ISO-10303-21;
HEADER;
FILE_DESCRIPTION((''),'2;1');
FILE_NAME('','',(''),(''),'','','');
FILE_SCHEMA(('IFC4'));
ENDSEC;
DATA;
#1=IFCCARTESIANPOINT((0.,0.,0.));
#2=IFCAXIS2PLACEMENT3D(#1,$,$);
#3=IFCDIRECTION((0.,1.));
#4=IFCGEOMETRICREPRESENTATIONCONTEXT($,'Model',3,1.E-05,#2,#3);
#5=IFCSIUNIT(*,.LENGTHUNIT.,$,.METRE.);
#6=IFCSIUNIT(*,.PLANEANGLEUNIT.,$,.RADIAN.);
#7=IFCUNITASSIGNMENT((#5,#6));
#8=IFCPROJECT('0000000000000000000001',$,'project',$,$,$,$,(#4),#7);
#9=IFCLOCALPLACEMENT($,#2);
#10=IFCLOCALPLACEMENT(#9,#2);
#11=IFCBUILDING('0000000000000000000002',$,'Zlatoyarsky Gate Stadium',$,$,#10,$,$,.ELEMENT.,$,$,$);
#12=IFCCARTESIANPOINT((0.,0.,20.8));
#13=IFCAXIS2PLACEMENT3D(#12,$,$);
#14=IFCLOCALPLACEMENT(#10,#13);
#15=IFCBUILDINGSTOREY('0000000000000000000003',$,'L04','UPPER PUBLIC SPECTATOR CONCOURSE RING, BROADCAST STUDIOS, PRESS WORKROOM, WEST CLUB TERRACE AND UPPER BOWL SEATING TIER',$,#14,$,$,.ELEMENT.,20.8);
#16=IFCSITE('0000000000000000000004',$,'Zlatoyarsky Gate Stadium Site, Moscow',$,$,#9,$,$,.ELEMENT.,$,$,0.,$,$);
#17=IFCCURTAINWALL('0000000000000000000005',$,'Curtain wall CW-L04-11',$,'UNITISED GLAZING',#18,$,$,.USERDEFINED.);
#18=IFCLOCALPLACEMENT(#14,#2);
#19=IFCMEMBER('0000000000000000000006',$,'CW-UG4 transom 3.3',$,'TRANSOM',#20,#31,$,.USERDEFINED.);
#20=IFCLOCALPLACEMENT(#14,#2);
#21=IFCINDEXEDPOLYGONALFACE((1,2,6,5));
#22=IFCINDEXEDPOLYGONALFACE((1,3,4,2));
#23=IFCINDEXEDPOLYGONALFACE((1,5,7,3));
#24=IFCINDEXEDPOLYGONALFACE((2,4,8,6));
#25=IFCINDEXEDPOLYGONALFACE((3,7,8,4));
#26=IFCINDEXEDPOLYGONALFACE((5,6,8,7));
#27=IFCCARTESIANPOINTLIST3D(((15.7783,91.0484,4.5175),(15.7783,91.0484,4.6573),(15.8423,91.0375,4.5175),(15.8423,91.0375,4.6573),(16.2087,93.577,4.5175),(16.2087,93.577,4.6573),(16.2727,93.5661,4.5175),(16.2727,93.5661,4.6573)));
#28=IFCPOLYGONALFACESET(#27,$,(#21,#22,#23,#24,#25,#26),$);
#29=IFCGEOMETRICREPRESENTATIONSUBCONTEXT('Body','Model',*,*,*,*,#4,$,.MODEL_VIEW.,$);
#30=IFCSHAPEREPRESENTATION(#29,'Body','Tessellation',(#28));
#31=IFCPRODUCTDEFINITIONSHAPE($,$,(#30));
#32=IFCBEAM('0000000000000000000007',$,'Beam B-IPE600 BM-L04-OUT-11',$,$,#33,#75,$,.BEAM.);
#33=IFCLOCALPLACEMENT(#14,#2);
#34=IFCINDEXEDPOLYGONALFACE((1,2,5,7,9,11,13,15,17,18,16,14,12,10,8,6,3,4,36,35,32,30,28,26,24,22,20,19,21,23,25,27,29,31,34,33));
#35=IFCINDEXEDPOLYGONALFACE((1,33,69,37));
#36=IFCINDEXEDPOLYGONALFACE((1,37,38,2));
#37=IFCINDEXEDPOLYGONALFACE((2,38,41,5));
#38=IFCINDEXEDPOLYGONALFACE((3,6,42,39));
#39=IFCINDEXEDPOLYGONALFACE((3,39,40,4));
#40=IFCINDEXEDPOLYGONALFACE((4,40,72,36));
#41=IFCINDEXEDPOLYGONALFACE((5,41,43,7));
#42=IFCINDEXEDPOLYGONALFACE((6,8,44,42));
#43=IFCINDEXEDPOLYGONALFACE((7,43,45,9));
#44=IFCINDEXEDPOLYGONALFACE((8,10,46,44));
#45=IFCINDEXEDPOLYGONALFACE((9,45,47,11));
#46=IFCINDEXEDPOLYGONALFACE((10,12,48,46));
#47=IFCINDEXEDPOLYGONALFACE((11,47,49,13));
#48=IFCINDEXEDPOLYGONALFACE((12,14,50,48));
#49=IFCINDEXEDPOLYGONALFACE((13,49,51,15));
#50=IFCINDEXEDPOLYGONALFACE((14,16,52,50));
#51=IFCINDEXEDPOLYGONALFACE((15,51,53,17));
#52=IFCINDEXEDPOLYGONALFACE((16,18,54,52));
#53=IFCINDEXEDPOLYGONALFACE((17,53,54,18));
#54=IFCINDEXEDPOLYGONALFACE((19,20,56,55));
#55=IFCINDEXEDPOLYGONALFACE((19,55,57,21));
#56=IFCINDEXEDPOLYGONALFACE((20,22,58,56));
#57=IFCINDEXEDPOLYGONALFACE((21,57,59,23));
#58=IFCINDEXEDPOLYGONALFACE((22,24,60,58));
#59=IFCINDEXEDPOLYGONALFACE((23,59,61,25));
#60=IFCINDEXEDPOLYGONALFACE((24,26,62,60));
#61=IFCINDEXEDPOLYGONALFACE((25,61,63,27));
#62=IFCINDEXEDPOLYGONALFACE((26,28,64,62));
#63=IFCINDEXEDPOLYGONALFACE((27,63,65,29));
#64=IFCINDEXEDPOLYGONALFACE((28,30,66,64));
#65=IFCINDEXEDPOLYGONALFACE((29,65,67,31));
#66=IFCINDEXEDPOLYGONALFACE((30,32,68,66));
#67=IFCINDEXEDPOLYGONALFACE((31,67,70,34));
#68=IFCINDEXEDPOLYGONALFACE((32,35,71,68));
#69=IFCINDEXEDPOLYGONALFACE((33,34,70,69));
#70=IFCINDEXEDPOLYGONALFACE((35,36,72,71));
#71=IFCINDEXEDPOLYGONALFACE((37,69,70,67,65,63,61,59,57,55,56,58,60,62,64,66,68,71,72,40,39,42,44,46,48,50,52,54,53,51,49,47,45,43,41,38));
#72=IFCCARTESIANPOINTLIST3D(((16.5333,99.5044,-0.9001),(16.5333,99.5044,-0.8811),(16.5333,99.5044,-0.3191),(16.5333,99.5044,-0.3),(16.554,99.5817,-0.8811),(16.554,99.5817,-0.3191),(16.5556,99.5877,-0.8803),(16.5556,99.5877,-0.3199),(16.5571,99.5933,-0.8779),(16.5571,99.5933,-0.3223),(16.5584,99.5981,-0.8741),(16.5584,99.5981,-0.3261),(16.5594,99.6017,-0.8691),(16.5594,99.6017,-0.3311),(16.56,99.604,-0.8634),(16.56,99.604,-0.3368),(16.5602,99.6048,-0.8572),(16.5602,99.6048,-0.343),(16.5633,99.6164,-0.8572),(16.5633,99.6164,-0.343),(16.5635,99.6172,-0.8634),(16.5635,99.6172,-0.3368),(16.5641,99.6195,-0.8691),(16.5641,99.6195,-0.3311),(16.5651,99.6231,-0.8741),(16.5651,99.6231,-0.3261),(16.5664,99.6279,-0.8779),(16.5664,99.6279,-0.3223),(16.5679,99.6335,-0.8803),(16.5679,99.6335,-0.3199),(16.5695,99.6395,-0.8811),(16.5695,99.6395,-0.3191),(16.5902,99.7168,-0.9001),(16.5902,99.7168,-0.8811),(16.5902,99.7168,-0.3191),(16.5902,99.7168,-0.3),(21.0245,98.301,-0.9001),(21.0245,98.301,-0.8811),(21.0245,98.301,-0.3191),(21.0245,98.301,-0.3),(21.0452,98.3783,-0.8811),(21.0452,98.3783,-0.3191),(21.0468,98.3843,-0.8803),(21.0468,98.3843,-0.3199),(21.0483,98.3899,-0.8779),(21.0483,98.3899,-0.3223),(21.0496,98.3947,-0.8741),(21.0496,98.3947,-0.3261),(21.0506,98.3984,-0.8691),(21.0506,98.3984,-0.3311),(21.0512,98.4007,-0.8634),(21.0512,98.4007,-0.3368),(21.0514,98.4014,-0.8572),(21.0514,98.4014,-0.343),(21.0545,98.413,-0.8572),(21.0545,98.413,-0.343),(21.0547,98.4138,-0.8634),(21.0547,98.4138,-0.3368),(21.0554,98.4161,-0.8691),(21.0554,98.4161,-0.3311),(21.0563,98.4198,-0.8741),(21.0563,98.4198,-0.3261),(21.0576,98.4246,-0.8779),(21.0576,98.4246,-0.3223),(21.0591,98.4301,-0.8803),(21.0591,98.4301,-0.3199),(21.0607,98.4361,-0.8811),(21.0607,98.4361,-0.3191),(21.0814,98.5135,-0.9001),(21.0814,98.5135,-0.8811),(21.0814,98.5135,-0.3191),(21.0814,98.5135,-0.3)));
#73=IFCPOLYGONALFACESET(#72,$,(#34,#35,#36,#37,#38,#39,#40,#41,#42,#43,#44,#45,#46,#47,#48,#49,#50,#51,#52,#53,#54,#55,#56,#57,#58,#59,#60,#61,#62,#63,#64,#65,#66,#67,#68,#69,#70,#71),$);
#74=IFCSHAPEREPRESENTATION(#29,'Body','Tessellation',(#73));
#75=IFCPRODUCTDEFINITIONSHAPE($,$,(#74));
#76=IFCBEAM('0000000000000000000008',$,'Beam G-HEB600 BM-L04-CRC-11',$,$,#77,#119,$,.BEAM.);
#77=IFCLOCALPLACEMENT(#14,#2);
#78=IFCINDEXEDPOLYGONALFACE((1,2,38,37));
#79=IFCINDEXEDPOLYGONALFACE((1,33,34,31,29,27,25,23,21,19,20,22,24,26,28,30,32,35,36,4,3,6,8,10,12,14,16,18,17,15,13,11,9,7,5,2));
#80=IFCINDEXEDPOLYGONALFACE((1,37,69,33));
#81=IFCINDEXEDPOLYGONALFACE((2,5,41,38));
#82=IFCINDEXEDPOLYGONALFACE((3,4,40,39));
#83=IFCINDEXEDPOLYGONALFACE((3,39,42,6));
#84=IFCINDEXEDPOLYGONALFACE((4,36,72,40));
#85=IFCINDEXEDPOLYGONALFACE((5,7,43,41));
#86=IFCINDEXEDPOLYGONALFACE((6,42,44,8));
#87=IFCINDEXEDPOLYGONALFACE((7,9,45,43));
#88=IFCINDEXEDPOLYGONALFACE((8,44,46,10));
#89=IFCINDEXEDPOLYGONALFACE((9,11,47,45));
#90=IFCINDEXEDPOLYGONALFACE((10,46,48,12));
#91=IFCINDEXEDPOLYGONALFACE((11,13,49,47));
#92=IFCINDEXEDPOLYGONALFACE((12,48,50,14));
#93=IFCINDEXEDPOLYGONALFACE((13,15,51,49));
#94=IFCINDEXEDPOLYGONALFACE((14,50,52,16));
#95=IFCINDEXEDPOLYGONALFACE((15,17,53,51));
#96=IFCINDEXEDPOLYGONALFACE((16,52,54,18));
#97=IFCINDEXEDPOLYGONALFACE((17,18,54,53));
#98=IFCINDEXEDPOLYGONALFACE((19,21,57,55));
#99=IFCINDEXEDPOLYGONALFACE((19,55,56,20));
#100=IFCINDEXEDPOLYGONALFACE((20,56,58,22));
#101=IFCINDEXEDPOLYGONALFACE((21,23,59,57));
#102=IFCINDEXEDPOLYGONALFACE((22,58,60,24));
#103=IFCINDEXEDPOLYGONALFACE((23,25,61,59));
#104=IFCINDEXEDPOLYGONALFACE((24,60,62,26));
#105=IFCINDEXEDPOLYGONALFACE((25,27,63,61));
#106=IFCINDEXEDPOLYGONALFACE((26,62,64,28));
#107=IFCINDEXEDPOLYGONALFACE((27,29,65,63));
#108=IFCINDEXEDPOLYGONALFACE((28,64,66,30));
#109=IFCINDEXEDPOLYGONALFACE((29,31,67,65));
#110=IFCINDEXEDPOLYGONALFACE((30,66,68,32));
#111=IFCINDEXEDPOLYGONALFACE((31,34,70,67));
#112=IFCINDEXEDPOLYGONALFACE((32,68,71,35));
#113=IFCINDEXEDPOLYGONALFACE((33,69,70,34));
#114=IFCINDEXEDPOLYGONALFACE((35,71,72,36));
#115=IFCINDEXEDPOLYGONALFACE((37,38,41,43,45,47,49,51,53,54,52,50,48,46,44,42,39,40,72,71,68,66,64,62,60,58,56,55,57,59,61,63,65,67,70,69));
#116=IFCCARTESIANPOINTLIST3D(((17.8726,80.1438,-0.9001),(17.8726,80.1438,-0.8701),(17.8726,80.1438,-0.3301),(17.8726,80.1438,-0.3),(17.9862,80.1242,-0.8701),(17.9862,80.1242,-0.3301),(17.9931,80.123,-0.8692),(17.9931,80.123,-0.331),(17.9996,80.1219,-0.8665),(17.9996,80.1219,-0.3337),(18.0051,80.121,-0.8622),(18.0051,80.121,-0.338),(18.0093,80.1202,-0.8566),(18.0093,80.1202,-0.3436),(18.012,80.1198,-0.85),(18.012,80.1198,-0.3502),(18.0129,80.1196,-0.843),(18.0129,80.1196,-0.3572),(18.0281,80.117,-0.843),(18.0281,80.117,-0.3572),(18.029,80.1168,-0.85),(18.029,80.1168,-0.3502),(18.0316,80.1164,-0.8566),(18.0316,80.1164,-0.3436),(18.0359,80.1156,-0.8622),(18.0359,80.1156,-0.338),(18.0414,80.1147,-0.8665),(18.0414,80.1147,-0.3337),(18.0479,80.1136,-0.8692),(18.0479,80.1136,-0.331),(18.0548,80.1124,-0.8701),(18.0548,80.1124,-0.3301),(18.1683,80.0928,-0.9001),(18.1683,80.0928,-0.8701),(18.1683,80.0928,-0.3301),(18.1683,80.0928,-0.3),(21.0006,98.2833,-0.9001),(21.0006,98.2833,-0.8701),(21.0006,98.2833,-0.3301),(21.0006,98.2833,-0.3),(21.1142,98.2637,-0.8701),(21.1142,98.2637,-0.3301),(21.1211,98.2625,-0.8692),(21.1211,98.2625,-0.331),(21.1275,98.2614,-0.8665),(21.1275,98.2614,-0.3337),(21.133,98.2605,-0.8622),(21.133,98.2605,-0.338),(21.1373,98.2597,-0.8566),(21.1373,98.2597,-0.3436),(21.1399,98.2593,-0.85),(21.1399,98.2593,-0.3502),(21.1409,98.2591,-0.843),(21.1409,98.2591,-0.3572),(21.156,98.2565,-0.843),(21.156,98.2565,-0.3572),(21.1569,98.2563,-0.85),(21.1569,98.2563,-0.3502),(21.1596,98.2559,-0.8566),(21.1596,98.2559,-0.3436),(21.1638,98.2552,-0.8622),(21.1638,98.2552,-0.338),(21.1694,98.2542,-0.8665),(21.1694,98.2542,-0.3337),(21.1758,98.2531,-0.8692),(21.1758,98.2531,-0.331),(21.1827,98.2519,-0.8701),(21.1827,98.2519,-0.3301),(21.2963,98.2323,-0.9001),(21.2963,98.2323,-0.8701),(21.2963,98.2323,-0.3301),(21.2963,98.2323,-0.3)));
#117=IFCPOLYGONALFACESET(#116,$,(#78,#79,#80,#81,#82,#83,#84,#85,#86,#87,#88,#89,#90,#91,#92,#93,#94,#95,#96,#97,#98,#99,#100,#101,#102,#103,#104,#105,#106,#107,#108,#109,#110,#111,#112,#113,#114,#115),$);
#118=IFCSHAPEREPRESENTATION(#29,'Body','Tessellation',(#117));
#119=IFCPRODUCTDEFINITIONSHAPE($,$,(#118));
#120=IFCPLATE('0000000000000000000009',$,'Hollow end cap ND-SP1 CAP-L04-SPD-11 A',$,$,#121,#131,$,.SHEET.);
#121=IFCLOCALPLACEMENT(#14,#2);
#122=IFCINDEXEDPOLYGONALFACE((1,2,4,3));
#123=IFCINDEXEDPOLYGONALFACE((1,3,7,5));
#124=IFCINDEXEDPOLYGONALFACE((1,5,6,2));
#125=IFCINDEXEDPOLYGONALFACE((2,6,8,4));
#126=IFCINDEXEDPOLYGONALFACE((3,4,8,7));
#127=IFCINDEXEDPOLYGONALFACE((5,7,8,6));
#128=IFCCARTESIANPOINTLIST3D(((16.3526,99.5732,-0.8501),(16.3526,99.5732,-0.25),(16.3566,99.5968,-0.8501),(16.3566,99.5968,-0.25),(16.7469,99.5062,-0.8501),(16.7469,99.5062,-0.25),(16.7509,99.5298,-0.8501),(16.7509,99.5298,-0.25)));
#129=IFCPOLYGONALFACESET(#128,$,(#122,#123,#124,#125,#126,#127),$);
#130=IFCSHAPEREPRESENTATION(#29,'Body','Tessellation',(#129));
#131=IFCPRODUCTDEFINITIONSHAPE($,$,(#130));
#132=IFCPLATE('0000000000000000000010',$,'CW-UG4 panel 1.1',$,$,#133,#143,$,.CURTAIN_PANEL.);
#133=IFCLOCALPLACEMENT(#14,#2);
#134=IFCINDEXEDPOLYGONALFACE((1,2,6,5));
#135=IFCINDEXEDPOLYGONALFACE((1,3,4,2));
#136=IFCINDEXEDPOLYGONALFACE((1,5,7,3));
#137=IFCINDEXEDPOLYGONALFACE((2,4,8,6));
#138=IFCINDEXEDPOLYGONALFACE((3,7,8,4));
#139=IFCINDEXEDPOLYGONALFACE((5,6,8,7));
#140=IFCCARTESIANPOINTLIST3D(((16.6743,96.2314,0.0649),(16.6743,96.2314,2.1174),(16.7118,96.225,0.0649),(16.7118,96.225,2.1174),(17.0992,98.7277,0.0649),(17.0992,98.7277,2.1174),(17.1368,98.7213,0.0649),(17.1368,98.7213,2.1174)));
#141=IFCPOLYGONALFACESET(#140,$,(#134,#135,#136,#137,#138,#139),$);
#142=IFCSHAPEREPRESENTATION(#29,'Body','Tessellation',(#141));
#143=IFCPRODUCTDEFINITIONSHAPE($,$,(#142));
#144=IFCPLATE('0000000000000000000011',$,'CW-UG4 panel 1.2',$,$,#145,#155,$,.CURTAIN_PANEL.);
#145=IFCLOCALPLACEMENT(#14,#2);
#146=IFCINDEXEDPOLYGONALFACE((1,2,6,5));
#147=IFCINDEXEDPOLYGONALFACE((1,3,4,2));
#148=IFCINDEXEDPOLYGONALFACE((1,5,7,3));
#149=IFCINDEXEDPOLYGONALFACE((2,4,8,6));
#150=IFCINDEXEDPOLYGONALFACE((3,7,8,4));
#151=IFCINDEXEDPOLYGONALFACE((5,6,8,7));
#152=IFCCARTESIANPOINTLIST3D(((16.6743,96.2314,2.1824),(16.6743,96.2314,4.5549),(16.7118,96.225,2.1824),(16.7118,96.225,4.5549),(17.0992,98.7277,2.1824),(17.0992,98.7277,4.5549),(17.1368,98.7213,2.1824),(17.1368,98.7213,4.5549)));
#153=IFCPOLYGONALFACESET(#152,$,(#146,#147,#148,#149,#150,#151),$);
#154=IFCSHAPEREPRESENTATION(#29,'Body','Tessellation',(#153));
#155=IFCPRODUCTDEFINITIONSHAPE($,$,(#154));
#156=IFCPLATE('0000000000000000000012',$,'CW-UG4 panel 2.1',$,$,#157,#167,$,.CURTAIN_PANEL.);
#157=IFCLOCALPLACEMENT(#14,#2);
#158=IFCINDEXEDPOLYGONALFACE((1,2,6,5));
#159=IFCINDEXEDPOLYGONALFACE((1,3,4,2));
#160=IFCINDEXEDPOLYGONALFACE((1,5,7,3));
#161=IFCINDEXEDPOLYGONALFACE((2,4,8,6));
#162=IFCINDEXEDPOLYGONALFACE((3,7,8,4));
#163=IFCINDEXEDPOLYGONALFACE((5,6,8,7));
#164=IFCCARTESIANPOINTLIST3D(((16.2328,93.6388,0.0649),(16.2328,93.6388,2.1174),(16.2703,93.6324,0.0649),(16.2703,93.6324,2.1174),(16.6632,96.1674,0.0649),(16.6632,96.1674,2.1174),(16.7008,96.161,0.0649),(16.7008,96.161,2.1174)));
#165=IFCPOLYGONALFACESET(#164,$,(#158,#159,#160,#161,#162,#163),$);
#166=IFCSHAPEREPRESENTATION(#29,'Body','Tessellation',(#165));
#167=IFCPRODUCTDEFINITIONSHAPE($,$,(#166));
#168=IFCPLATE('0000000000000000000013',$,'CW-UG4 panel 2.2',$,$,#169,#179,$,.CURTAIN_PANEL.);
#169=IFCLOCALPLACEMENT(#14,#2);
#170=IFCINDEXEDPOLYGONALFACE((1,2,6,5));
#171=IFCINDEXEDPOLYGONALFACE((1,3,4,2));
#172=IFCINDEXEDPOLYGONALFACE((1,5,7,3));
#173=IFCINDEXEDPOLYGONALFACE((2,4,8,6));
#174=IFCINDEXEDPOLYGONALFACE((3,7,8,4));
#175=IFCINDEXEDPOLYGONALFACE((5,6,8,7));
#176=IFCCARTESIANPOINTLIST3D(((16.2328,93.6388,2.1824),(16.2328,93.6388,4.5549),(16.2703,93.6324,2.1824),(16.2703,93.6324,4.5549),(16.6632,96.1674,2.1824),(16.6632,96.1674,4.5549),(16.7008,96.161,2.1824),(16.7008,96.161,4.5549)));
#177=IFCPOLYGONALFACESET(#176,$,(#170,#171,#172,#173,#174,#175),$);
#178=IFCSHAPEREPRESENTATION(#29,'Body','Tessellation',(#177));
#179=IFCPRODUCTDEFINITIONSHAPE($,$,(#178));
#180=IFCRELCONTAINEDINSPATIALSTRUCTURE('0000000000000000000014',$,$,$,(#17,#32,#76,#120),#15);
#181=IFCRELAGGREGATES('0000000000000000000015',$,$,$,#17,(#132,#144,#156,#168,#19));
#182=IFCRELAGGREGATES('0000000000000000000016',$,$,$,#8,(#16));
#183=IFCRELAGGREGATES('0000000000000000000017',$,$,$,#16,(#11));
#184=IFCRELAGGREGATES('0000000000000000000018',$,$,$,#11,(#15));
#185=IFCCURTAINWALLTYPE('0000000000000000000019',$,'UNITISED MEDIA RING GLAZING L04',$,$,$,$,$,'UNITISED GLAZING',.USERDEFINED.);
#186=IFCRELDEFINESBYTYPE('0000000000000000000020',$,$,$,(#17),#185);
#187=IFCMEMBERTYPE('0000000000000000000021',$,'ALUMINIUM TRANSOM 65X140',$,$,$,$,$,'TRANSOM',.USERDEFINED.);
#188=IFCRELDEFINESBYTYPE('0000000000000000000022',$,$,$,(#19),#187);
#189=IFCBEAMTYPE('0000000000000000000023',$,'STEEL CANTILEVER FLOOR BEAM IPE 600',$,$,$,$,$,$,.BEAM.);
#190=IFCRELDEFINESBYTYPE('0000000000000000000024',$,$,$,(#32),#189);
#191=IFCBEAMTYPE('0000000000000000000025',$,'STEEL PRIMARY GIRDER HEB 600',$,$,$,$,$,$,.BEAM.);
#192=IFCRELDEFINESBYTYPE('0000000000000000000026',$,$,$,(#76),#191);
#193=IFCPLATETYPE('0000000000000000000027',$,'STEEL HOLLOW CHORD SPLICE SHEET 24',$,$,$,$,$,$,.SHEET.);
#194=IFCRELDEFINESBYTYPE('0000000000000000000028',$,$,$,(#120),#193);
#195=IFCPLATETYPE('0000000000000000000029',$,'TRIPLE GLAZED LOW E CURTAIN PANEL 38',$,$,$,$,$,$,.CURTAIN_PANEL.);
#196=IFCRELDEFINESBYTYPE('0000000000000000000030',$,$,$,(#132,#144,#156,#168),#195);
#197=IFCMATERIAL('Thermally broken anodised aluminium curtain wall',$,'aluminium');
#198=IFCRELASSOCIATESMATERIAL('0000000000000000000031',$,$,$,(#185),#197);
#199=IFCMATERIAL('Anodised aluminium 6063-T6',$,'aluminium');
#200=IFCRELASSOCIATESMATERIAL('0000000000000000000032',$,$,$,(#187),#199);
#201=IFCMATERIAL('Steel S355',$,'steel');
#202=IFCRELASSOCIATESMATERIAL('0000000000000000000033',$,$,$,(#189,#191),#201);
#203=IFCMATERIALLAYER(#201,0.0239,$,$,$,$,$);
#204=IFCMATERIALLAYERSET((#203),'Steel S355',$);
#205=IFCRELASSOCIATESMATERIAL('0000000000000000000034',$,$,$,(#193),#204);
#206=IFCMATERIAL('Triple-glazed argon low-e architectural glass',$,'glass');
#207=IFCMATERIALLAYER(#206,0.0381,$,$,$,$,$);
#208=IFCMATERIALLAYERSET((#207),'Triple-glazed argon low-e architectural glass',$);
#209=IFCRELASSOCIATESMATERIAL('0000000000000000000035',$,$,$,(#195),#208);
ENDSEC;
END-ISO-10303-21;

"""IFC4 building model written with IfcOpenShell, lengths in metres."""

from ifc_helpers import new_model, si_unit, direction, frame, origin, origin_2d, place, context, subcontext, project, spatial, rectangle, i_section, extrude, material, layer, layer_set, material_profile, profile_set, type_object, element, aggregate, save


model = new_model("IFC4")

# Units and contexts
model_context = context("Model", 3, precision=1e-05, world=origin(), true_north=direction((0.0, 1.0)))
body_context = subcontext(model_context, "Body", "Model", "MODEL_VIEW")
ifc_project = project(units=[si_unit("LENGTHUNIT", "METRE"), si_unit("PLANEANGLEUNIT", "RADIAN")], contexts=[model_context])

# Site, building, storey
site_placement = place(None, origin())
site = spatial("IfcSite", under=ifc_project, at=site_placement, Name="Zlatoyarsky Gate Stadium Site, Moscow", CompositionType="ELEMENT", RefElevation=0.0)
building_placement = place(site_placement, origin())
building = spatial("IfcBuilding", under=site, at=building_placement, Name="Zlatoyarsky Gate Stadium", CompositionType="ELEMENT")
storey_placement = place(building_placement, frame((0.0, 0.0, 20.8)))
storey = spatial("IfcBuildingStorey", under=building, at=storey_placement, Name="L04", Description="UPPER PUBLIC SPECTATOR CONCOURSE RING, BROADCAST STUDIOS, PRESS WORKROOM, WEST CLUB TERRACE AND UPPER BOWL SEATING TIER", CompositionType="ELEMENT", Elevation=20.8)

# Shared definitions
ifc_material_1 = material(Name="Steel S355", Category="steel")

# Curtain wall, member
ifc_material_2 = material(Name="Thermally broken anodised aluminium curtain wall", Category="aluminium")
curtain_wall_type = type_object("IfcCurtainWallType", Name="UNITISED MEDIA RING GLAZING L04", ElementType="UNITISED GLAZING", PredefinedType="USERDEFINED", material=ifc_material_2)
curtain_wall_placement = place(storey_placement, origin())
curtain_wall = element("IfcCurtainWall", 1, at=curtain_wall_placement, inside=storey, type_object=curtain_wall_type, Name="Curtain wall CW-L04-11", ObjectType="UNITISED GLAZING", PredefinedType="USERDEFINED")
ifc_material_3 = material(Name="Anodised aluminium 6063-T6", Category="aluminium")
ifc_material_profile_1 = material_profile(ifc_material_3, rectangle(XDim=0.0649, YDim=0.1399, at=origin_2d()), Name="ALU 65X140")
ifc_profile_set_1 = profile_set([ifc_material_profile_1], Name="Anodised aluminium 6063-T6")
member_type_1 = type_object("IfcMemberType", Name="ALUMINIUM TRANSOM 65X140", ElementType="TRANSOM", PredefinedType="USERDEFINED", material=ifc_profile_set_1)
member_1_placement = place(storey_placement, frame((16.2407, 93.5715, 4.5874), z_axis=(-0.167809, -0.985819, 0.0), x_axis=(0.985819, -0.167809, 0.0)))
member_1 = element("IfcMember", 2, at=member_1_placement, type_object=member_type_1, Name="CW-UG4 transom 3.3", ObjectType="TRANSOM", PredefinedType="USERDEFINED", context=body_context, shape_type="SweptSolid", body=[
    extrude(rectangle(XDim=0.0649, YDim=0.1399, at=origin_2d()), origin(), (0.0, 0.0, 1.0), 2.5649),
])

# Beams
ifc_material_profile_2 = material_profile(ifc_material_1, i_section(OverallWidth=0.22, OverallDepth=0.6001, WebThickness=0.012, FlangeThickness=0.019, FilletRadius=0.0239, at=origin_2d()), Name="IPE 600")
ifc_profile_set_2 = profile_set([ifc_material_profile_2], Name="Steel S355")
beam_type_1 = type_object("IfcBeamType", Name="STEEL CANTILEVER FLOOR BEAM IPE 600", PredefinedType="BEAM", material=ifc_profile_set_2)
beam_1_placement = place(storey_placement, frame((21.053, 98.4072, -0.6001), z_axis=(-0.965928, 0.25881, 0.0), x_axis=(-0.25881, -0.965928, 0.0)))
element("IfcBeam", 3, at=beam_1_placement, inside=storey, type_object=beam_type_1, Name="Beam B-IPE600 BM-L04-OUT-11", PredefinedType="BEAM", context=body_context, shape_type="SweptSolid", body=[
    extrude(i_section(OverallWidth=0.22, OverallDepth=0.6001, WebThickness=0.012, FlangeThickness=0.019, FilletRadius=0.0239, at=origin_2d()), origin(), (0.0, 0.0, 1.0), 4.6497),
])
ifc_material_profile_3 = material_profile(ifc_material_1, i_section(OverallWidth=0.3, OverallDepth=0.6001, WebThickness=0.0154, FlangeThickness=0.03, FilletRadius=0.0271, at=origin_2d()), Name="HEB 600")
ifc_profile_set_3 = profile_set([ifc_material_profile_3], Name="Steel S355")
beam_type_2 = type_object("IfcBeamType", Name="STEEL PRIMARY GIRDER HEB 600", PredefinedType="BEAM", material=ifc_profile_set_3)
beam_2_placement = place(storey_placement, frame((21.1484, 98.2578, -0.6001), z_axis=(-0.16993, -0.985456, 0.0), x_axis=(0.985456, -0.16993, 0.0)))
element("IfcBeam", 4, at=beam_2_placement, inside=storey, type_object=beam_type_2, Name="Beam G-HEB600 BM-L04-CRC-11", PredefinedType="BEAM", context=body_context, shape_type="SweptSolid", body=[
    extrude(i_section(OverallWidth=0.3, OverallDepth=0.6001, WebThickness=0.0154, FlangeThickness=0.03, FilletRadius=0.0271, at=origin_2d()), origin(), (0.0, 0.0, 1.0), 18.4072),
])

# Plates
ifc_layer_1 = layer(ifc_material_1, 0.0239)
ifc_layer_set_1 = layer_set([ifc_layer_1], Name="Steel S355")
plate_type_1 = type_object("IfcPlateType", Name="STEEL HOLLOW CHORD SPLICE SHEET 24", PredefinedType="SHEET", material=ifc_layer_set_1)
plate_1_placement = place(storey_placement, frame((16.5518, 99.5515, -0.8501), z_axis=(0.0, 0.0, 1.0), x_axis=(-0.167478, -0.985876, 0.0)))
element("IfcPlate", 5, at=plate_1_placement, inside=storey, type_object=plate_type_1, Name="Hollow end cap ND-SP1 CAP-L04-SPD-11 A", PredefinedType="SHEET", context=body_context, shape_type="SweptSolid", body=[
    extrude(rectangle(XDim=0.0239, YDim=0.3999, at=origin_2d()), origin(), (0.0, 0.0, 1.0), 0.6001),
])
ifc_material_4 = material(Name="Triple-glazed argon low-e architectural glass", Category="glass")
ifc_layer_2 = layer(ifc_material_4, 0.0381)
ifc_layer_set_2 = layer_set([ifc_layer_2], Name="Triple-glazed argon low-e architectural glass")
plate_type_2 = type_object("IfcPlateType", Name="TRIPLE GLAZED LOW E CURTAIN PANEL 38", PredefinedType="CURTAIN_PANEL", material=ifc_layer_set_2)
plate_2_placement = place(storey_placement, frame((16.9055, 97.4763, 0.0649), z_axis=(0.0, 0.0, 1.0), x_axis=(-0.167821, -0.985817, 0.0)))
plate_2 = element("IfcPlate", 6, at=plate_2_placement, type_object=plate_type_2, Name="CW-UG4 panel 1.1", PredefinedType="CURTAIN_PANEL", context=body_context, shape_type="SweptSolid", body=[
    extrude(rectangle(XDim=2.5322, YDim=0.0381, at=origin_2d()), origin(), (0.0, 0.0, 1.0), 2.0525),
])
plate_3_placement = place(storey_placement, frame((16.9055, 97.4763, 2.1824), z_axis=(0.0, 0.0, 1.0), x_axis=(-0.167821, -0.985817, 0.0)))
plate_3 = element("IfcPlate", 7, at=plate_3_placement, type_object=plate_type_2, Name="CW-UG4 panel 1.2", PredefinedType="CURTAIN_PANEL", context=body_context, shape_type="SweptSolid", body=[
    extrude(rectangle(XDim=2.5322, YDim=0.0381, at=origin_2d()), origin(), (0.0, 0.0, 1.0), 2.3726),
])
plate_4_placement = place(storey_placement, frame((16.4668, 94.8999, 0.0649), z_axis=(0.0, 0.0, 1.0), x_axis=(-0.167821, -0.985817, 0.0)))
plate_4 = element("IfcPlate", 8, at=plate_4_placement, type_object=plate_type_2, Name="CW-UG4 panel 2.1", PredefinedType="CURTAIN_PANEL", context=body_context, shape_type="SweptSolid", body=[
    extrude(rectangle(XDim=2.5649, YDim=0.0381, at=origin_2d()), origin(), (0.0, 0.0, 1.0), 2.0525),
])
plate_5_placement = place(storey_placement, frame((16.4668, 94.8999, 2.1824), z_axis=(0.0, 0.0, 1.0), x_axis=(-0.167821, -0.985817, 0.0)))
plate_5 = element("IfcPlate", 9, at=plate_5_placement, type_object=plate_type_2, Name="CW-UG4 panel 2.2", PredefinedType="CURTAIN_PANEL", context=body_context, shape_type="SweptSolid", body=[
    extrude(rectangle(XDim=2.5649, YDim=0.0381, at=origin_2d()), origin(), (0.0, 0.0, 1.0), 2.3726),
])
aggregate(curtain_wall, [plate_2, plate_3, plate_4, plate_5, member_1])

save(model, "model.ifc")
